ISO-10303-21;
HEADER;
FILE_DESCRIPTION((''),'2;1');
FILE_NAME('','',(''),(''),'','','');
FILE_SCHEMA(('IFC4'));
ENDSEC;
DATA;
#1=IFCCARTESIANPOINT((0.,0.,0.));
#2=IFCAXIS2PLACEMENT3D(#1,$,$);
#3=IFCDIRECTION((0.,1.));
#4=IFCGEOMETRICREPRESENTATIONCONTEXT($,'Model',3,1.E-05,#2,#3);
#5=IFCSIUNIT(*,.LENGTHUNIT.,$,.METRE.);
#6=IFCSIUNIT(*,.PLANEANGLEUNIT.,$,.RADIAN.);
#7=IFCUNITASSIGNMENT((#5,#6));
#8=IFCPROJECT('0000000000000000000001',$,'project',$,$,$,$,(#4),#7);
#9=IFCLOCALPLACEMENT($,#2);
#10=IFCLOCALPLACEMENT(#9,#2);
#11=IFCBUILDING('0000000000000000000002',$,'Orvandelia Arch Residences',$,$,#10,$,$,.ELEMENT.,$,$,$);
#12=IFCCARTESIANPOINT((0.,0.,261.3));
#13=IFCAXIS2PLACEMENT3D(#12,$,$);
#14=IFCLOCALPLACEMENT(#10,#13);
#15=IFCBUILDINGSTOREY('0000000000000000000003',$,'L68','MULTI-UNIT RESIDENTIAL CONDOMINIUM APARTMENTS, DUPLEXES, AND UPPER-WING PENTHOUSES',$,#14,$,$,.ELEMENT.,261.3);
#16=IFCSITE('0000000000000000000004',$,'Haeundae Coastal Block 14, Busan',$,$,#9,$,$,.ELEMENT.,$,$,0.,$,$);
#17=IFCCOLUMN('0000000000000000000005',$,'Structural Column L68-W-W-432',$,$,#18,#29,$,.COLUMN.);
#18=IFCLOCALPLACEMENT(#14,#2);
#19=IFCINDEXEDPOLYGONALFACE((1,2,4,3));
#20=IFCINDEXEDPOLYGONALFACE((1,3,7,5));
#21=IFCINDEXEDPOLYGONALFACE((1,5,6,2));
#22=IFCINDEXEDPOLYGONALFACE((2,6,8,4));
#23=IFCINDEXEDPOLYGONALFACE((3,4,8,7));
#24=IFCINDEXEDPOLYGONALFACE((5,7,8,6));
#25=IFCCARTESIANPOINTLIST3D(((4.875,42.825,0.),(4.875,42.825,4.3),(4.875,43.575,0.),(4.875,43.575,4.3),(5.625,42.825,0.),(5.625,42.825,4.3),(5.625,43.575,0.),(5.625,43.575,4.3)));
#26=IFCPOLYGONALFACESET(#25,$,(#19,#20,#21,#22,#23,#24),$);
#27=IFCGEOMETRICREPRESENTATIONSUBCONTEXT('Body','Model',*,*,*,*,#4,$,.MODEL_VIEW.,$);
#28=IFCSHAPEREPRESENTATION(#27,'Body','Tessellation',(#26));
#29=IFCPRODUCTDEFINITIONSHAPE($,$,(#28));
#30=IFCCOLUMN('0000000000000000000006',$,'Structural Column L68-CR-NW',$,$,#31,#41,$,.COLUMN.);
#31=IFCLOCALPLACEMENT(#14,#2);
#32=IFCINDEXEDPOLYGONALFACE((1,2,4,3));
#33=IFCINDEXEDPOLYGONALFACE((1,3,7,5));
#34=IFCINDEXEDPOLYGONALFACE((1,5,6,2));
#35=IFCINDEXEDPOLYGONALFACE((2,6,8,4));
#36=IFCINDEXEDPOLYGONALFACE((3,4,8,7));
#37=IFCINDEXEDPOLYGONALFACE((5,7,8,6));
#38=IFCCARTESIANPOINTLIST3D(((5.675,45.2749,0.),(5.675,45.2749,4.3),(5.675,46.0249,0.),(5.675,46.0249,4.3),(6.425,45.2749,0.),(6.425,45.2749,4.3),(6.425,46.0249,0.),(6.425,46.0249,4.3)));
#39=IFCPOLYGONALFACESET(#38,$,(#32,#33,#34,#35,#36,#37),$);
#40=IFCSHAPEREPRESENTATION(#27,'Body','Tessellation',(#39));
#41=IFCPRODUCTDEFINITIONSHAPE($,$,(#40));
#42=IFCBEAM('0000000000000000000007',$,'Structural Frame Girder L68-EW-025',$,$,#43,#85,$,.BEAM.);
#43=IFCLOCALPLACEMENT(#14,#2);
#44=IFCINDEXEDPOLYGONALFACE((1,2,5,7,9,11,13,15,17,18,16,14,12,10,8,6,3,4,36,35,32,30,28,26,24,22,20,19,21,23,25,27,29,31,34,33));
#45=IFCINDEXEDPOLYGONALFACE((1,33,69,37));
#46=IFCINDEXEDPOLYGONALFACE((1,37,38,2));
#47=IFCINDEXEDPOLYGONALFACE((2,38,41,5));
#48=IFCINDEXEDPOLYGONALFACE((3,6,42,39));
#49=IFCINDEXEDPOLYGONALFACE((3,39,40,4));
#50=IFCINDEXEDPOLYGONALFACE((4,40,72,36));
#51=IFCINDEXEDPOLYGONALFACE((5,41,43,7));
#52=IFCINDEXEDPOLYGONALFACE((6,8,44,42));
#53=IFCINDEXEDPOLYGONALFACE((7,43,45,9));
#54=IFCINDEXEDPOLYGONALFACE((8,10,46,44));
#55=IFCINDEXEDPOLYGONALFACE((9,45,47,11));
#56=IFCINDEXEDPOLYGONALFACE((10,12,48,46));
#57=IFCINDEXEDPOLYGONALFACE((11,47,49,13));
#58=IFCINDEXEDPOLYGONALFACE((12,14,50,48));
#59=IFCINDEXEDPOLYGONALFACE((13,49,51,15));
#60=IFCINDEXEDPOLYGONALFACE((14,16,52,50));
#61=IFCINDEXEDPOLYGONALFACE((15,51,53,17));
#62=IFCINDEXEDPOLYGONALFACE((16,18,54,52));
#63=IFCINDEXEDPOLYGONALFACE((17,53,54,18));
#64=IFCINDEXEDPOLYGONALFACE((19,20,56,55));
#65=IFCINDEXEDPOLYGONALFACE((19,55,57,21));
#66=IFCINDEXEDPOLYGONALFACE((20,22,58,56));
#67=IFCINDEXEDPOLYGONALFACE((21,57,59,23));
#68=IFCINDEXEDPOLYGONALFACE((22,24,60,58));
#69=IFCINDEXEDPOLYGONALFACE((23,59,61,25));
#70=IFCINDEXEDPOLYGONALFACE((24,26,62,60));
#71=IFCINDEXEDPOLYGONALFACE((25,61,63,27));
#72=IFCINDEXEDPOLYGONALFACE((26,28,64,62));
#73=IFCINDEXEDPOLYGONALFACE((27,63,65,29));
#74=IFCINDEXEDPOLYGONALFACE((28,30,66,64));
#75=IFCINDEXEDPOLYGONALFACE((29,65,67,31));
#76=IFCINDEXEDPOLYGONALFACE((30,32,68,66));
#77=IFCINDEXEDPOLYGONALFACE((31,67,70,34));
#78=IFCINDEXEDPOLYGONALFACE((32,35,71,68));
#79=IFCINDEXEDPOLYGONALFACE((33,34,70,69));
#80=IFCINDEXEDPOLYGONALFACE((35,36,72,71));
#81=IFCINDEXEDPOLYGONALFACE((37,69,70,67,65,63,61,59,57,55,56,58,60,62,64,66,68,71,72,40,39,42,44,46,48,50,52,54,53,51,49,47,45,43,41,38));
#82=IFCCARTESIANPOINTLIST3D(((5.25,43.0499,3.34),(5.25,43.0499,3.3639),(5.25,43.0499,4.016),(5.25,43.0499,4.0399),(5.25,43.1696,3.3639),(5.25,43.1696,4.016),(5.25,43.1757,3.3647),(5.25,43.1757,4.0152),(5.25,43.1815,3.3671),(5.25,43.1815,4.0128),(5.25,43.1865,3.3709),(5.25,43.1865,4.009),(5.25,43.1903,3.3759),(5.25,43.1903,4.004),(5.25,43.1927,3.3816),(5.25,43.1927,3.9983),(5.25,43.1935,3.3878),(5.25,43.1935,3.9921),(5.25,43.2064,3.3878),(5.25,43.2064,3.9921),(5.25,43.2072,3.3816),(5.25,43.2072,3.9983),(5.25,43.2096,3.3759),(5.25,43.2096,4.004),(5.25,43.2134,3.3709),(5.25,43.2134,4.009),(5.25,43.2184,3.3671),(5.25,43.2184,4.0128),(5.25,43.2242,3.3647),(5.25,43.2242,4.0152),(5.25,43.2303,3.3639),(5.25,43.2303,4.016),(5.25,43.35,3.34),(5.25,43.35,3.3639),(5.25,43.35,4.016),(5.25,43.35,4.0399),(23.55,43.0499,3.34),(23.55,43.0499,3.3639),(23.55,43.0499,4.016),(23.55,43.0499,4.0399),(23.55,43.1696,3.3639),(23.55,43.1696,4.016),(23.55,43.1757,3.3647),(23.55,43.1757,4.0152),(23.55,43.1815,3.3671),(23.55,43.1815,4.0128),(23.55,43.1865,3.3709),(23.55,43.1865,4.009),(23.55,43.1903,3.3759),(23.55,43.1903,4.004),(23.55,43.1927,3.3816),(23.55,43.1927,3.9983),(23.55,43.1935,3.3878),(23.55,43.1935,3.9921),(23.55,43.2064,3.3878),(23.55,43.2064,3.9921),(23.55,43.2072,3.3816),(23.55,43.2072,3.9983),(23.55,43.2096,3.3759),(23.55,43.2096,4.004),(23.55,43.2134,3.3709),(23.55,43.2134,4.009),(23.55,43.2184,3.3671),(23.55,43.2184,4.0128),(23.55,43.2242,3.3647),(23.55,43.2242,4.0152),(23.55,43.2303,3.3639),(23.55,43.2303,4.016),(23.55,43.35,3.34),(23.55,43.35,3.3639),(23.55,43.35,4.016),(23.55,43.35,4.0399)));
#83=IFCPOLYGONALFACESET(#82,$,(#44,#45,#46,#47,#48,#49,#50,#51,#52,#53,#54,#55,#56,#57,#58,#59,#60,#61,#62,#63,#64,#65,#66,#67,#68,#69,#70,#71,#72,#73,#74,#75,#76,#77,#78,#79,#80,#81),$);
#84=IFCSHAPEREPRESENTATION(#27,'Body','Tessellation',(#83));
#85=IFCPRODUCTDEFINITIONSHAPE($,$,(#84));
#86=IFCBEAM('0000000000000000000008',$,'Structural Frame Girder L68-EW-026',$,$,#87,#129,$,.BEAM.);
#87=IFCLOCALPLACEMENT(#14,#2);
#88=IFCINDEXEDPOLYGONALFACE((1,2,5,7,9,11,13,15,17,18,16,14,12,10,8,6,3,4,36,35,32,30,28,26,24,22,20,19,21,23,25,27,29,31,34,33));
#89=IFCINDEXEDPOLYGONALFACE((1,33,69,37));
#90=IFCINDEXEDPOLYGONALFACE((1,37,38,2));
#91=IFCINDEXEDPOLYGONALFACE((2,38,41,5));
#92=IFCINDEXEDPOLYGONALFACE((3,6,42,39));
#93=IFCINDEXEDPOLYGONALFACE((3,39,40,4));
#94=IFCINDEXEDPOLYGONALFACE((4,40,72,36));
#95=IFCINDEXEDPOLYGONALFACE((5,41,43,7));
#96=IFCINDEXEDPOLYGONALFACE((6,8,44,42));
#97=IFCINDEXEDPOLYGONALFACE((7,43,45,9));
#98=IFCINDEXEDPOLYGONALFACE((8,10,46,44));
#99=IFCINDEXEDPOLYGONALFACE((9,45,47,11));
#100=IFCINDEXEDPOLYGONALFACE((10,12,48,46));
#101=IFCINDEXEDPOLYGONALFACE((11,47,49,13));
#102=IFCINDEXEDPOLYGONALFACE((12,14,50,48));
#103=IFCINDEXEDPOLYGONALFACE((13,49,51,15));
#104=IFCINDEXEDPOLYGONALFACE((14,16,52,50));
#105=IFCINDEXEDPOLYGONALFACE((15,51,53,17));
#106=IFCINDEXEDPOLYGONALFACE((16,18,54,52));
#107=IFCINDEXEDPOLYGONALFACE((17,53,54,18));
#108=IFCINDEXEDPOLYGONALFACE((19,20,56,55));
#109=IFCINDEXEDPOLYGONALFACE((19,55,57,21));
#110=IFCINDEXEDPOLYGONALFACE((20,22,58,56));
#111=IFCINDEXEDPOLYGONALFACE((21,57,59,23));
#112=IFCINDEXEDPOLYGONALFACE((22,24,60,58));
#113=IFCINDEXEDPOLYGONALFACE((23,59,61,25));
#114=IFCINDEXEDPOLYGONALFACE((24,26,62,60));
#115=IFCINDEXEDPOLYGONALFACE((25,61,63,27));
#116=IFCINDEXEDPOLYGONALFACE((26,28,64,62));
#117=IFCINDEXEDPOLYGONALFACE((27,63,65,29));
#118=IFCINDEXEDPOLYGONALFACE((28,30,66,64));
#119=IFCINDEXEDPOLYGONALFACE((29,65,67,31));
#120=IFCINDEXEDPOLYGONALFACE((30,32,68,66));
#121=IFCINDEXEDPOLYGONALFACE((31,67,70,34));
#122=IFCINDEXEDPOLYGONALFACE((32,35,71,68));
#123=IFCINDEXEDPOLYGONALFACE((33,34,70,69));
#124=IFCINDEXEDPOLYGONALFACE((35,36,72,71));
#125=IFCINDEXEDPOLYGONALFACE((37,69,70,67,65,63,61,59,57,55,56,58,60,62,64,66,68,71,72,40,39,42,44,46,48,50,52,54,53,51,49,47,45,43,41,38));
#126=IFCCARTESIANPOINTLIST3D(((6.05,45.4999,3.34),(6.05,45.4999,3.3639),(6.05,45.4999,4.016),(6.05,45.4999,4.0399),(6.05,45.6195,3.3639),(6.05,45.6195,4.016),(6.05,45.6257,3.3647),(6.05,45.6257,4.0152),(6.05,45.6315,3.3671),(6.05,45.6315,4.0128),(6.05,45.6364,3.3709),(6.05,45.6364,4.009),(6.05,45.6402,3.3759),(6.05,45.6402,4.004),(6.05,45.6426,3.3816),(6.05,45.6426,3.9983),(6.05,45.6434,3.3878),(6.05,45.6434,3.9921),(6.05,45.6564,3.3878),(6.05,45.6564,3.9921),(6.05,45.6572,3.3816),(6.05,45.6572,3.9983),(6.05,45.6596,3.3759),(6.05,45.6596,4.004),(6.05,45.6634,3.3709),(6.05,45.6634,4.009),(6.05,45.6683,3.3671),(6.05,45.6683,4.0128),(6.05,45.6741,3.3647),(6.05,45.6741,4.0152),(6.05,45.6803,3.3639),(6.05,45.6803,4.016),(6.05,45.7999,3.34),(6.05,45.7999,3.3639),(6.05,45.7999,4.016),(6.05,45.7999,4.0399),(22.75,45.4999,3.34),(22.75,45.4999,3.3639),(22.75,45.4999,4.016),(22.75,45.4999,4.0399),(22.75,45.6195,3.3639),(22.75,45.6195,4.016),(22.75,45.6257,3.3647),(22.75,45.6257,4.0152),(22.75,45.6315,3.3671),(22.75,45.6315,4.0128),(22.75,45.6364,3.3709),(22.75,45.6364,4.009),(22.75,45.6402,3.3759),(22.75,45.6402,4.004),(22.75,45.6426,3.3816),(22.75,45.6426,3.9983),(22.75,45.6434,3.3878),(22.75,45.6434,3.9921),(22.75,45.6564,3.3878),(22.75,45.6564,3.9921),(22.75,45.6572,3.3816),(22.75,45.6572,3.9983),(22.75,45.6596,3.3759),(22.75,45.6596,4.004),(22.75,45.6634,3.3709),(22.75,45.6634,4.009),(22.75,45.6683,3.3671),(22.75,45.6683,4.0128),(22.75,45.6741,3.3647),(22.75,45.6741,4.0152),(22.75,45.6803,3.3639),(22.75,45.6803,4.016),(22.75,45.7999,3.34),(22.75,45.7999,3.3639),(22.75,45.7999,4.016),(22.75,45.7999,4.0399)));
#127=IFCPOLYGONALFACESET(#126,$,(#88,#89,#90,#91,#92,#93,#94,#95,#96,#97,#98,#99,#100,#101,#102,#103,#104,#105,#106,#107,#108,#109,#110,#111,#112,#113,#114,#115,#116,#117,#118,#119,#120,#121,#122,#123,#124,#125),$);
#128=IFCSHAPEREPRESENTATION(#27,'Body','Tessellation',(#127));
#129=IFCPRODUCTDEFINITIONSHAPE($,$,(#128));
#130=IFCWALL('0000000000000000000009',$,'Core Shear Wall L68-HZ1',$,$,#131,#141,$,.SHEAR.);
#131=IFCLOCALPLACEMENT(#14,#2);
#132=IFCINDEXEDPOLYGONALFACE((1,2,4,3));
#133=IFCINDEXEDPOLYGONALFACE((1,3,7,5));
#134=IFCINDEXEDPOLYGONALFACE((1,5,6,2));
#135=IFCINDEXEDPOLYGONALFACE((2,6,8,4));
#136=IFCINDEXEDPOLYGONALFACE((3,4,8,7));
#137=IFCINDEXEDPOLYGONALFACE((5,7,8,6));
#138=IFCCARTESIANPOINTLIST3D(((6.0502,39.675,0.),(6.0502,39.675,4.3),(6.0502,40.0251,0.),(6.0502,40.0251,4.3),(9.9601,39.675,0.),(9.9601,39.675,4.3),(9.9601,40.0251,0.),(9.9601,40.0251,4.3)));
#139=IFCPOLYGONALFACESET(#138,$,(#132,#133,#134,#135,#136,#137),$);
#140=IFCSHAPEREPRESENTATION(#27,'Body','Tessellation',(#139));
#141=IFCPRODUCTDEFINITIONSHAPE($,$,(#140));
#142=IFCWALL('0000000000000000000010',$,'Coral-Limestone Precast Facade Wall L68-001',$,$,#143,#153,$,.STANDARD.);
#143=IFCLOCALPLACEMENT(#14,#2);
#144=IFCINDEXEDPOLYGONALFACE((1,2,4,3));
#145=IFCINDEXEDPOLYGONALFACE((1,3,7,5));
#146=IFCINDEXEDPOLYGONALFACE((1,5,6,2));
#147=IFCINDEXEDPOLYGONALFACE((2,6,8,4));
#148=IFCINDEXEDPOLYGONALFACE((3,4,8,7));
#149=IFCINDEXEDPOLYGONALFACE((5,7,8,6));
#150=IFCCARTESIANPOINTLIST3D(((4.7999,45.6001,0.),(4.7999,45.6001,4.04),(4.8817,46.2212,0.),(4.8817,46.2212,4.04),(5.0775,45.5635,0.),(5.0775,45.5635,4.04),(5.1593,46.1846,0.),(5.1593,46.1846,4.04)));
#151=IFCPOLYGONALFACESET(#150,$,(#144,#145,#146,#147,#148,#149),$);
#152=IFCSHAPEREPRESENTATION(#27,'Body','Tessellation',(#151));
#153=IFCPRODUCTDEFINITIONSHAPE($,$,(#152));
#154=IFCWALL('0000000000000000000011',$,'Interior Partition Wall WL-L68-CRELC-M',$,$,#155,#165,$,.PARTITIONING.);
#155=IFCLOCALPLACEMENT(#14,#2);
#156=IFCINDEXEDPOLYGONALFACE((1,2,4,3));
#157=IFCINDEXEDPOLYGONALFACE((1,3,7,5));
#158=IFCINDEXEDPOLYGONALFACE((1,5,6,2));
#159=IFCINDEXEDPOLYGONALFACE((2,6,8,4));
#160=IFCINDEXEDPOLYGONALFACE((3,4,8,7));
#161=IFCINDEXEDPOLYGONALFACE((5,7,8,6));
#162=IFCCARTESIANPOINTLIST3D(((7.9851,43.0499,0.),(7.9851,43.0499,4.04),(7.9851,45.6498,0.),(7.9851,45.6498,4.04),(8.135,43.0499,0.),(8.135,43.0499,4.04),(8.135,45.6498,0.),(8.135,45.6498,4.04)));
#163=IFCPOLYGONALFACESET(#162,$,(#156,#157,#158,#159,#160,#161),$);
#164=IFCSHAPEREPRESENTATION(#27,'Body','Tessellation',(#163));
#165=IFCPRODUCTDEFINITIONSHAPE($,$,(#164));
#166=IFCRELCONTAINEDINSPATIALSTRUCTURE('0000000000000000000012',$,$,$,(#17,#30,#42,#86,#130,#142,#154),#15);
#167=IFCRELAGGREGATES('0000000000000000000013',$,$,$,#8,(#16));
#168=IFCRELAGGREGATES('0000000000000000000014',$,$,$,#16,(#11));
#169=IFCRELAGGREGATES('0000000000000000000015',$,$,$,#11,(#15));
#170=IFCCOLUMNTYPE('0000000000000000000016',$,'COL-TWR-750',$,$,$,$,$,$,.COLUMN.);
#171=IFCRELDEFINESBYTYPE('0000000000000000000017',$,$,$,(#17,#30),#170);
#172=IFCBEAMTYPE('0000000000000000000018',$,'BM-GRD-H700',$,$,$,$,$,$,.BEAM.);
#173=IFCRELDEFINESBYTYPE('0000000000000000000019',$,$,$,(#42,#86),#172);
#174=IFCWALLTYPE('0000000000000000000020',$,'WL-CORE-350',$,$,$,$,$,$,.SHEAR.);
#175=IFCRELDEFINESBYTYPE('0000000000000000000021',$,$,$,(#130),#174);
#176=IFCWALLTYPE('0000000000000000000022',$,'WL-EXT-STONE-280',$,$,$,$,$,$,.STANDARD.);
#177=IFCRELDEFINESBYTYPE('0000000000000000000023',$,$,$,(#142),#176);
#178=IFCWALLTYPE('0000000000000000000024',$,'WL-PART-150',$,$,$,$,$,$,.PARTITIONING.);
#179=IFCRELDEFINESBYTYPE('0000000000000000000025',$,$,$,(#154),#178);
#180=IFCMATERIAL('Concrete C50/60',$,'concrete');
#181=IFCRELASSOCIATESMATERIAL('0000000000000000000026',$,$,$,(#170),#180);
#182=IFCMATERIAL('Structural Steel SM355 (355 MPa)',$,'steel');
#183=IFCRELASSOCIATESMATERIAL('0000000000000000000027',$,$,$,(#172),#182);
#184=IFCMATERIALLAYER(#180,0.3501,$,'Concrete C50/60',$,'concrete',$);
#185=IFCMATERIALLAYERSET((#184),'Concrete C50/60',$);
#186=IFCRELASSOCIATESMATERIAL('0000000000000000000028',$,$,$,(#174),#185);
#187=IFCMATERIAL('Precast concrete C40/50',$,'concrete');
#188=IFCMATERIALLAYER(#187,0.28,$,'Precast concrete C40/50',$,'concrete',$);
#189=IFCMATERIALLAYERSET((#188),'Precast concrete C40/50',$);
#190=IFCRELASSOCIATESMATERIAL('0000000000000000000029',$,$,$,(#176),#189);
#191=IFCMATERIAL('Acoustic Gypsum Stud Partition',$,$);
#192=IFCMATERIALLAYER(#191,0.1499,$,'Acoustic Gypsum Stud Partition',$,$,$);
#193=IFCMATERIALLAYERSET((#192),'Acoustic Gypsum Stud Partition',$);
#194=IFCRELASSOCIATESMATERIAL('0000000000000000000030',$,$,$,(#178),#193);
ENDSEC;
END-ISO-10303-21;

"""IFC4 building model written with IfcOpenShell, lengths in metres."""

from ifc_helpers import new_model, si_unit, direction, frame, frame_2d, origin, origin_2d, place, context, subcontext, project, spatial, rectangle, i_section, extrude, material, layer, layer_set, material_profile, profile_set, type_object, element, save


model = new_model("IFC4")

# Units and contexts
model_context = context("Model", 3, precision=1e-05, world=origin(), true_north=direction((0.0, 1.0)))
body_context = subcontext(model_context, "Body", "Model", "MODEL_VIEW")
ifc_project = project(units=[si_unit("LENGTHUNIT", "METRE"), si_unit("PLANEANGLEUNIT", "RADIAN")], contexts=[model_context])

# Site, building, storey
site_placement = place(None, origin())
site = spatial("IfcSite", under=ifc_project, at=site_placement, Name="Haeundae Coastal Block 14, Busan", CompositionType="ELEMENT", RefElevation=0.0)
building_placement = place(site_placement, origin())
building = spatial("IfcBuilding", under=site, at=building_placement, Name="Orvandelia Arch Residences", CompositionType="ELEMENT")
storey_placement = place(building_placement, frame((0.0, 0.0, 261.3)))
storey = spatial("IfcBuildingStorey", under=building, at=storey_placement, Name="L68", Description="MULTI-UNIT RESIDENTIAL CONDOMINIUM APARTMENTS, DUPLEXES, AND UPPER-WING PENTHOUSES", CompositionType="ELEMENT", Elevation=261.3)

# Columns
ifc_material_1 = material(Name="Concrete C50/60", Category="concrete")
ifc_material_profile_1 = material_profile(ifc_material_1, rectangle(XDim=0.75, YDim=0.75, at=origin_2d()), Name="Concrete C50/60", Category="concrete")
ifc_profile_set_1 = profile_set([ifc_material_profile_1], Name="Concrete C50/60")
column_type = type_object("IfcColumnType", Name="COL-TWR-750", PredefinedType="COLUMN", material=ifc_profile_set_1)
for number, where, z_axis, x_axis, name in (
    (1, (5.25, 43.2, 0.0), (0.0, 0.0, 1.0), (1.0, 0.0, 0.0), "Structural Column L68-W-W-432"),
    (2, (6.05, 45.6499, 0.0), (0.0, 0.0, 1.0), (1.0, 0.0, 0.0), "Structural Column L68-CR-NW"),
):
    element("IfcColumn", number, at=place(storey_placement, frame(where, z_axis=z_axis, x_axis=x_axis)), inside=storey, type_object=column_type, Name=name, PredefinedType="COLUMN", context=body_context, shape_type="SweptSolid", body=[
        extrude(rectangle(XDim=0.75, YDim=0.75, at=origin_2d()), origin(), (0.0, 0.0, 1.0), 4.3),
    ])

# Beams
ifc_material_2 = material(Name="Structural Steel SM355 (355 MPa)", Category="steel")
ifc_material_profile_2 = material_profile(ifc_material_2, i_section(OverallWidth=0.3, OverallDepth=0.7, WebThickness=0.0129, FlangeThickness=0.0239, FilletRadius=0.0239, at=origin_2d()), Name="Structural Steel SM355 (355 MPa)", Category="steel")
ifc_profile_set_2 = profile_set([ifc_material_profile_2], Name="Structural Steel SM355 (355 MPa)")
beam_type = type_object("IfcBeamType", Name="BM-GRD-H700", PredefinedType="BEAM", material=ifc_profile_set_2)
beam_1_placement = place(storey_placement, frame((5.25, 43.2, 3.6899), z_axis=(1.0, 0.0, 0.0), x_axis=(0.0, 1.0, 0.0)))
element("IfcBeam", 3, at=beam_1_placement, inside=storey, type_object=beam_type, Name="Structural Frame Girder L68-EW-025", PredefinedType="BEAM", context=body_context, shape_type="SweptSolid", body=[
    extrude(i_section(OverallWidth=0.3, OverallDepth=0.7, WebThickness=0.0129, FlangeThickness=0.0239, FilletRadius=0.0239, at=origin_2d()), origin(), (0.0, 0.0, 1.0), 18.3),
])
beam_2_placement = place(storey_placement, frame((6.05, 45.6499, 3.6899), z_axis=(1.0, 0.0, 0.0), x_axis=(0.0, 1.0, 0.0)))
element("IfcBeam", 4, at=beam_2_placement, inside=storey, type_object=beam_type, Name="Structural Frame Girder L68-EW-026", PredefinedType="BEAM", context=body_context, shape_type="SweptSolid", body=[
    extrude(i_section(OverallWidth=0.3, OverallDepth=0.7, WebThickness=0.0129, FlangeThickness=0.0239, FilletRadius=0.0239, at=origin_2d()), origin(), (0.0, 0.0, 1.0), 16.7),
])

# Wall
ifc_layer_1 = layer(ifc_material_1, 0.3501, Name="Concrete C50/60", Category="concrete")
ifc_layer_set_1 = layer_set([ifc_layer_1], Name="Concrete C50/60")
wall_type_1 = type_object("IfcWallType", Name="WL-CORE-350", PredefinedType="SHEAR", material=ifc_layer_set_1)
wall_1_placement = place(storey_placement, frame((6.05, 39.8501, 0.0), z_axis=(0.0, 0.0, 1.0), x_axis=(1.0, 0.0, 0.0)))
element("IfcWall", 5, at=wall_1_placement, inside=storey, type_object=wall_type_1, Name="Core Shear Wall L68-HZ1", PredefinedType="SHEAR", context=body_context, shape_type="SweptSolid", body=[
    extrude(rectangle(XDim=3.9099, YDim=0.3501, at=frame_2d((1.9551, 0.0))), origin(), (0.0, 0.0, 1.0), 4.3),
])

# Walls
ifc_material_3 = material(Name="Precast concrete C40/50", Category="concrete")
ifc_layer_2 = layer(ifc_material_3, 0.28, Name="Precast concrete C40/50", Category="concrete")
ifc_layer_set_2 = layer_set([ifc_layer_2], Name="Precast concrete C40/50")
wall_type_2 = type_object("IfcWallType", Name="WL-EXT-STONE-280", PredefinedType="STANDARD", material=ifc_layer_set_2)
wall_2_placement = place(storey_placement, frame((4.9387, 45.5818, 0.0), z_axis=(0.0, 0.0, 1.0), x_axis=(0.130555, 0.991441, 0.0)))
element("IfcWall", 6, at=wall_2_placement, inside=storey, type_object=wall_type_2, Name="Coral-Limestone Precast Facade Wall L68-001", PredefinedType="STANDARD", context=body_context, shape_type="SweptSolid", body=[
    extrude(rectangle(XDim=0.6265, YDim=0.28, at=frame_2d((0.3132, 0.0))), origin(), (0.0, 0.0, 1.0), 4.04),
])
ifc_material_4 = material(Name="Acoustic Gypsum Stud Partition")
ifc_layer_3 = layer(ifc_material_4, 0.1499, Name="Acoustic Gypsum Stud Partition")
ifc_layer_set_3 = layer_set([ifc_layer_3], Name="Acoustic Gypsum Stud Partition")
wall_type_3 = type_object("IfcWallType", Name="WL-PART-150", PredefinedType="PARTITIONING", material=ifc_layer_set_3)
wall_3_placement = place(storey_placement, frame((8.0601, 43.05, 0.0), z_axis=(0.0, 0.0, 1.0), x_axis=(0.0, 1.0, 0.0)))
element("IfcWall", 7, at=wall_3_placement, inside=storey, type_object=wall_type_3, Name="Interior Partition Wall WL-L68-CRELC-M", PredefinedType="PARTITIONING", context=body_context, shape_type="SweptSolid", body=[
    extrude(rectangle(XDim=2.5999, YDim=0.1499, at=frame_2d((1.2998, 0.0))), origin(), (0.0, 0.0, 1.0), 4.04),
])

save(model, "model.ifc")
